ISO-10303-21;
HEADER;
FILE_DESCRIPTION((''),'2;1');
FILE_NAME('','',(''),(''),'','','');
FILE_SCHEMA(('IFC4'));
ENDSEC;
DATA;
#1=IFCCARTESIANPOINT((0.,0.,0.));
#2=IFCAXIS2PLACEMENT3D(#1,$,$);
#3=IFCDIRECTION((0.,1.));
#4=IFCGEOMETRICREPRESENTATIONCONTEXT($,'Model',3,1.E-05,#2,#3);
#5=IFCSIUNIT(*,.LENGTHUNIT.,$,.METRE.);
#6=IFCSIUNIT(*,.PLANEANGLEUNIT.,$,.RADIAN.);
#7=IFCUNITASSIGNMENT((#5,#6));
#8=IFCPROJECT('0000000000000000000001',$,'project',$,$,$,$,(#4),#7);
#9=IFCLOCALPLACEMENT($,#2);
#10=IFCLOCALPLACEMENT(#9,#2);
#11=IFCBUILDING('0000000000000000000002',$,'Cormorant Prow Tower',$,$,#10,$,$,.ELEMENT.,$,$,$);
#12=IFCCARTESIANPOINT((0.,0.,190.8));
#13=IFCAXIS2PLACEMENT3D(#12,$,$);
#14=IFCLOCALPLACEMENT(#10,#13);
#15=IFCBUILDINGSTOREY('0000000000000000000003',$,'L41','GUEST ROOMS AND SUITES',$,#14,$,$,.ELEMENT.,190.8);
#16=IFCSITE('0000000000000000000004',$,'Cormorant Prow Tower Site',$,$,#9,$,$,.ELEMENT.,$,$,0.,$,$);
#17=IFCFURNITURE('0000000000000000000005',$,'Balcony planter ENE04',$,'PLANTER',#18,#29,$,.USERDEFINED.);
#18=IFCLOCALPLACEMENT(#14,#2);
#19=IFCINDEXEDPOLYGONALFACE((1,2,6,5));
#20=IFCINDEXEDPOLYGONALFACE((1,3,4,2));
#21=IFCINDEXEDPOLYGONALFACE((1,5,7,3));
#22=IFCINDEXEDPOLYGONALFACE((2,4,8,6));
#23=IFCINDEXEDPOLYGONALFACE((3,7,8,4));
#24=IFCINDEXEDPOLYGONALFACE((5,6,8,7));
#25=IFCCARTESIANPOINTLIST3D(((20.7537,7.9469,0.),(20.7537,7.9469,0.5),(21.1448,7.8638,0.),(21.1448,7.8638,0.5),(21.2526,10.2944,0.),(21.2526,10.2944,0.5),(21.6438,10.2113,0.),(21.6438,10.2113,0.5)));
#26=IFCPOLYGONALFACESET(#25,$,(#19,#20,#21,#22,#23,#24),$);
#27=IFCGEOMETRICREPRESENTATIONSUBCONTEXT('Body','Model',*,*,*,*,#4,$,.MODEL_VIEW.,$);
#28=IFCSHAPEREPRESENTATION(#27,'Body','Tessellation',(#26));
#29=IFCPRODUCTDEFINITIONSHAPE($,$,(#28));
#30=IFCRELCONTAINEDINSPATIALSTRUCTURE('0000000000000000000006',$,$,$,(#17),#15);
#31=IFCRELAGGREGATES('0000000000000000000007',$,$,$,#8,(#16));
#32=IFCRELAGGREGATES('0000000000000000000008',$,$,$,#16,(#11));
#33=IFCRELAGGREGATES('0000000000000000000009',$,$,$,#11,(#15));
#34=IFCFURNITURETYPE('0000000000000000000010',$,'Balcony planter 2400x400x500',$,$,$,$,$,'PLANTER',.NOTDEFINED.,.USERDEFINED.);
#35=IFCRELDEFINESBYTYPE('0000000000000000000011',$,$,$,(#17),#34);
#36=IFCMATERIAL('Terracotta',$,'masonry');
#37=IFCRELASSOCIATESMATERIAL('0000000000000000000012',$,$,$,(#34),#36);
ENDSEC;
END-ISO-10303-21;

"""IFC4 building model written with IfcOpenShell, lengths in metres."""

from ifc_helpers import new_model, si_unit, direction, frame, origin, origin_2d, place, context, subcontext, project, spatial, rectangle, extrude, material, type_object, element, save


model = new_model("IFC4")

# Units and contexts
model_context = context("Model", 3, precision=1e-05, world=origin(), true_north=direction((0.0, 1.0)))
body_context = subcontext(model_context, "Body", "Model", "MODEL_VIEW")
ifc_project = project(units=[si_unit("LENGTHUNIT", "METRE"), si_unit("PLANEANGLEUNIT", "RADIAN")], contexts=[model_context])

# Site, building, storey
site_placement = place(None, origin())
site = spatial("IfcSite", under=ifc_project, at=site_placement, Name="Cormorant Prow Tower Site", CompositionType="ELEMENT", RefElevation=0.0)
building_placement = place(site_placement, origin())
building = spatial("IfcBuilding", under=site, at=building_placement, Name="Cormorant Prow Tower", CompositionType="ELEMENT")
storey_placement = place(building_placement, frame((0.0, 0.0, 190.8)))
storey = spatial("IfcBuildingStorey", under=building, at=storey_placement, Name="L41", Description="GUEST ROOMS AND SUITES", CompositionType="ELEMENT", Elevation=190.8)

# Furniture
ifc_material_1 = material(Name="Terracotta", Category="masonry")
furniture_type = type_object("IfcFurnitureType", Name="Balcony planter 2400x400x500", ElementType="PLANTER", AssemblyPlace="NOTDEFINED", PredefinedType="USERDEFINED", material=ifc_material_1)
furniture_placement = place(storey_placement, frame((21.1987, 9.0791, 0.0), z_axis=(0.0, 0.0, 1.0), x_axis=(0.207912, 0.978148, 0.0)))
element("IfcFurniture", 1, at=furniture_placement, inside=storey, type_object=furniture_type, Name="Balcony planter ENE04", ObjectType="PLANTER", PredefinedType="USERDEFINED", context=body_context, shape_type="SweptSolid", body=[
    extrude(rectangle(XDim=2.3999, YDim=0.3999, at=origin_2d()), origin(), (0.0, 0.0, 1.0), 0.5),
])

save(model, "model.ifc")
